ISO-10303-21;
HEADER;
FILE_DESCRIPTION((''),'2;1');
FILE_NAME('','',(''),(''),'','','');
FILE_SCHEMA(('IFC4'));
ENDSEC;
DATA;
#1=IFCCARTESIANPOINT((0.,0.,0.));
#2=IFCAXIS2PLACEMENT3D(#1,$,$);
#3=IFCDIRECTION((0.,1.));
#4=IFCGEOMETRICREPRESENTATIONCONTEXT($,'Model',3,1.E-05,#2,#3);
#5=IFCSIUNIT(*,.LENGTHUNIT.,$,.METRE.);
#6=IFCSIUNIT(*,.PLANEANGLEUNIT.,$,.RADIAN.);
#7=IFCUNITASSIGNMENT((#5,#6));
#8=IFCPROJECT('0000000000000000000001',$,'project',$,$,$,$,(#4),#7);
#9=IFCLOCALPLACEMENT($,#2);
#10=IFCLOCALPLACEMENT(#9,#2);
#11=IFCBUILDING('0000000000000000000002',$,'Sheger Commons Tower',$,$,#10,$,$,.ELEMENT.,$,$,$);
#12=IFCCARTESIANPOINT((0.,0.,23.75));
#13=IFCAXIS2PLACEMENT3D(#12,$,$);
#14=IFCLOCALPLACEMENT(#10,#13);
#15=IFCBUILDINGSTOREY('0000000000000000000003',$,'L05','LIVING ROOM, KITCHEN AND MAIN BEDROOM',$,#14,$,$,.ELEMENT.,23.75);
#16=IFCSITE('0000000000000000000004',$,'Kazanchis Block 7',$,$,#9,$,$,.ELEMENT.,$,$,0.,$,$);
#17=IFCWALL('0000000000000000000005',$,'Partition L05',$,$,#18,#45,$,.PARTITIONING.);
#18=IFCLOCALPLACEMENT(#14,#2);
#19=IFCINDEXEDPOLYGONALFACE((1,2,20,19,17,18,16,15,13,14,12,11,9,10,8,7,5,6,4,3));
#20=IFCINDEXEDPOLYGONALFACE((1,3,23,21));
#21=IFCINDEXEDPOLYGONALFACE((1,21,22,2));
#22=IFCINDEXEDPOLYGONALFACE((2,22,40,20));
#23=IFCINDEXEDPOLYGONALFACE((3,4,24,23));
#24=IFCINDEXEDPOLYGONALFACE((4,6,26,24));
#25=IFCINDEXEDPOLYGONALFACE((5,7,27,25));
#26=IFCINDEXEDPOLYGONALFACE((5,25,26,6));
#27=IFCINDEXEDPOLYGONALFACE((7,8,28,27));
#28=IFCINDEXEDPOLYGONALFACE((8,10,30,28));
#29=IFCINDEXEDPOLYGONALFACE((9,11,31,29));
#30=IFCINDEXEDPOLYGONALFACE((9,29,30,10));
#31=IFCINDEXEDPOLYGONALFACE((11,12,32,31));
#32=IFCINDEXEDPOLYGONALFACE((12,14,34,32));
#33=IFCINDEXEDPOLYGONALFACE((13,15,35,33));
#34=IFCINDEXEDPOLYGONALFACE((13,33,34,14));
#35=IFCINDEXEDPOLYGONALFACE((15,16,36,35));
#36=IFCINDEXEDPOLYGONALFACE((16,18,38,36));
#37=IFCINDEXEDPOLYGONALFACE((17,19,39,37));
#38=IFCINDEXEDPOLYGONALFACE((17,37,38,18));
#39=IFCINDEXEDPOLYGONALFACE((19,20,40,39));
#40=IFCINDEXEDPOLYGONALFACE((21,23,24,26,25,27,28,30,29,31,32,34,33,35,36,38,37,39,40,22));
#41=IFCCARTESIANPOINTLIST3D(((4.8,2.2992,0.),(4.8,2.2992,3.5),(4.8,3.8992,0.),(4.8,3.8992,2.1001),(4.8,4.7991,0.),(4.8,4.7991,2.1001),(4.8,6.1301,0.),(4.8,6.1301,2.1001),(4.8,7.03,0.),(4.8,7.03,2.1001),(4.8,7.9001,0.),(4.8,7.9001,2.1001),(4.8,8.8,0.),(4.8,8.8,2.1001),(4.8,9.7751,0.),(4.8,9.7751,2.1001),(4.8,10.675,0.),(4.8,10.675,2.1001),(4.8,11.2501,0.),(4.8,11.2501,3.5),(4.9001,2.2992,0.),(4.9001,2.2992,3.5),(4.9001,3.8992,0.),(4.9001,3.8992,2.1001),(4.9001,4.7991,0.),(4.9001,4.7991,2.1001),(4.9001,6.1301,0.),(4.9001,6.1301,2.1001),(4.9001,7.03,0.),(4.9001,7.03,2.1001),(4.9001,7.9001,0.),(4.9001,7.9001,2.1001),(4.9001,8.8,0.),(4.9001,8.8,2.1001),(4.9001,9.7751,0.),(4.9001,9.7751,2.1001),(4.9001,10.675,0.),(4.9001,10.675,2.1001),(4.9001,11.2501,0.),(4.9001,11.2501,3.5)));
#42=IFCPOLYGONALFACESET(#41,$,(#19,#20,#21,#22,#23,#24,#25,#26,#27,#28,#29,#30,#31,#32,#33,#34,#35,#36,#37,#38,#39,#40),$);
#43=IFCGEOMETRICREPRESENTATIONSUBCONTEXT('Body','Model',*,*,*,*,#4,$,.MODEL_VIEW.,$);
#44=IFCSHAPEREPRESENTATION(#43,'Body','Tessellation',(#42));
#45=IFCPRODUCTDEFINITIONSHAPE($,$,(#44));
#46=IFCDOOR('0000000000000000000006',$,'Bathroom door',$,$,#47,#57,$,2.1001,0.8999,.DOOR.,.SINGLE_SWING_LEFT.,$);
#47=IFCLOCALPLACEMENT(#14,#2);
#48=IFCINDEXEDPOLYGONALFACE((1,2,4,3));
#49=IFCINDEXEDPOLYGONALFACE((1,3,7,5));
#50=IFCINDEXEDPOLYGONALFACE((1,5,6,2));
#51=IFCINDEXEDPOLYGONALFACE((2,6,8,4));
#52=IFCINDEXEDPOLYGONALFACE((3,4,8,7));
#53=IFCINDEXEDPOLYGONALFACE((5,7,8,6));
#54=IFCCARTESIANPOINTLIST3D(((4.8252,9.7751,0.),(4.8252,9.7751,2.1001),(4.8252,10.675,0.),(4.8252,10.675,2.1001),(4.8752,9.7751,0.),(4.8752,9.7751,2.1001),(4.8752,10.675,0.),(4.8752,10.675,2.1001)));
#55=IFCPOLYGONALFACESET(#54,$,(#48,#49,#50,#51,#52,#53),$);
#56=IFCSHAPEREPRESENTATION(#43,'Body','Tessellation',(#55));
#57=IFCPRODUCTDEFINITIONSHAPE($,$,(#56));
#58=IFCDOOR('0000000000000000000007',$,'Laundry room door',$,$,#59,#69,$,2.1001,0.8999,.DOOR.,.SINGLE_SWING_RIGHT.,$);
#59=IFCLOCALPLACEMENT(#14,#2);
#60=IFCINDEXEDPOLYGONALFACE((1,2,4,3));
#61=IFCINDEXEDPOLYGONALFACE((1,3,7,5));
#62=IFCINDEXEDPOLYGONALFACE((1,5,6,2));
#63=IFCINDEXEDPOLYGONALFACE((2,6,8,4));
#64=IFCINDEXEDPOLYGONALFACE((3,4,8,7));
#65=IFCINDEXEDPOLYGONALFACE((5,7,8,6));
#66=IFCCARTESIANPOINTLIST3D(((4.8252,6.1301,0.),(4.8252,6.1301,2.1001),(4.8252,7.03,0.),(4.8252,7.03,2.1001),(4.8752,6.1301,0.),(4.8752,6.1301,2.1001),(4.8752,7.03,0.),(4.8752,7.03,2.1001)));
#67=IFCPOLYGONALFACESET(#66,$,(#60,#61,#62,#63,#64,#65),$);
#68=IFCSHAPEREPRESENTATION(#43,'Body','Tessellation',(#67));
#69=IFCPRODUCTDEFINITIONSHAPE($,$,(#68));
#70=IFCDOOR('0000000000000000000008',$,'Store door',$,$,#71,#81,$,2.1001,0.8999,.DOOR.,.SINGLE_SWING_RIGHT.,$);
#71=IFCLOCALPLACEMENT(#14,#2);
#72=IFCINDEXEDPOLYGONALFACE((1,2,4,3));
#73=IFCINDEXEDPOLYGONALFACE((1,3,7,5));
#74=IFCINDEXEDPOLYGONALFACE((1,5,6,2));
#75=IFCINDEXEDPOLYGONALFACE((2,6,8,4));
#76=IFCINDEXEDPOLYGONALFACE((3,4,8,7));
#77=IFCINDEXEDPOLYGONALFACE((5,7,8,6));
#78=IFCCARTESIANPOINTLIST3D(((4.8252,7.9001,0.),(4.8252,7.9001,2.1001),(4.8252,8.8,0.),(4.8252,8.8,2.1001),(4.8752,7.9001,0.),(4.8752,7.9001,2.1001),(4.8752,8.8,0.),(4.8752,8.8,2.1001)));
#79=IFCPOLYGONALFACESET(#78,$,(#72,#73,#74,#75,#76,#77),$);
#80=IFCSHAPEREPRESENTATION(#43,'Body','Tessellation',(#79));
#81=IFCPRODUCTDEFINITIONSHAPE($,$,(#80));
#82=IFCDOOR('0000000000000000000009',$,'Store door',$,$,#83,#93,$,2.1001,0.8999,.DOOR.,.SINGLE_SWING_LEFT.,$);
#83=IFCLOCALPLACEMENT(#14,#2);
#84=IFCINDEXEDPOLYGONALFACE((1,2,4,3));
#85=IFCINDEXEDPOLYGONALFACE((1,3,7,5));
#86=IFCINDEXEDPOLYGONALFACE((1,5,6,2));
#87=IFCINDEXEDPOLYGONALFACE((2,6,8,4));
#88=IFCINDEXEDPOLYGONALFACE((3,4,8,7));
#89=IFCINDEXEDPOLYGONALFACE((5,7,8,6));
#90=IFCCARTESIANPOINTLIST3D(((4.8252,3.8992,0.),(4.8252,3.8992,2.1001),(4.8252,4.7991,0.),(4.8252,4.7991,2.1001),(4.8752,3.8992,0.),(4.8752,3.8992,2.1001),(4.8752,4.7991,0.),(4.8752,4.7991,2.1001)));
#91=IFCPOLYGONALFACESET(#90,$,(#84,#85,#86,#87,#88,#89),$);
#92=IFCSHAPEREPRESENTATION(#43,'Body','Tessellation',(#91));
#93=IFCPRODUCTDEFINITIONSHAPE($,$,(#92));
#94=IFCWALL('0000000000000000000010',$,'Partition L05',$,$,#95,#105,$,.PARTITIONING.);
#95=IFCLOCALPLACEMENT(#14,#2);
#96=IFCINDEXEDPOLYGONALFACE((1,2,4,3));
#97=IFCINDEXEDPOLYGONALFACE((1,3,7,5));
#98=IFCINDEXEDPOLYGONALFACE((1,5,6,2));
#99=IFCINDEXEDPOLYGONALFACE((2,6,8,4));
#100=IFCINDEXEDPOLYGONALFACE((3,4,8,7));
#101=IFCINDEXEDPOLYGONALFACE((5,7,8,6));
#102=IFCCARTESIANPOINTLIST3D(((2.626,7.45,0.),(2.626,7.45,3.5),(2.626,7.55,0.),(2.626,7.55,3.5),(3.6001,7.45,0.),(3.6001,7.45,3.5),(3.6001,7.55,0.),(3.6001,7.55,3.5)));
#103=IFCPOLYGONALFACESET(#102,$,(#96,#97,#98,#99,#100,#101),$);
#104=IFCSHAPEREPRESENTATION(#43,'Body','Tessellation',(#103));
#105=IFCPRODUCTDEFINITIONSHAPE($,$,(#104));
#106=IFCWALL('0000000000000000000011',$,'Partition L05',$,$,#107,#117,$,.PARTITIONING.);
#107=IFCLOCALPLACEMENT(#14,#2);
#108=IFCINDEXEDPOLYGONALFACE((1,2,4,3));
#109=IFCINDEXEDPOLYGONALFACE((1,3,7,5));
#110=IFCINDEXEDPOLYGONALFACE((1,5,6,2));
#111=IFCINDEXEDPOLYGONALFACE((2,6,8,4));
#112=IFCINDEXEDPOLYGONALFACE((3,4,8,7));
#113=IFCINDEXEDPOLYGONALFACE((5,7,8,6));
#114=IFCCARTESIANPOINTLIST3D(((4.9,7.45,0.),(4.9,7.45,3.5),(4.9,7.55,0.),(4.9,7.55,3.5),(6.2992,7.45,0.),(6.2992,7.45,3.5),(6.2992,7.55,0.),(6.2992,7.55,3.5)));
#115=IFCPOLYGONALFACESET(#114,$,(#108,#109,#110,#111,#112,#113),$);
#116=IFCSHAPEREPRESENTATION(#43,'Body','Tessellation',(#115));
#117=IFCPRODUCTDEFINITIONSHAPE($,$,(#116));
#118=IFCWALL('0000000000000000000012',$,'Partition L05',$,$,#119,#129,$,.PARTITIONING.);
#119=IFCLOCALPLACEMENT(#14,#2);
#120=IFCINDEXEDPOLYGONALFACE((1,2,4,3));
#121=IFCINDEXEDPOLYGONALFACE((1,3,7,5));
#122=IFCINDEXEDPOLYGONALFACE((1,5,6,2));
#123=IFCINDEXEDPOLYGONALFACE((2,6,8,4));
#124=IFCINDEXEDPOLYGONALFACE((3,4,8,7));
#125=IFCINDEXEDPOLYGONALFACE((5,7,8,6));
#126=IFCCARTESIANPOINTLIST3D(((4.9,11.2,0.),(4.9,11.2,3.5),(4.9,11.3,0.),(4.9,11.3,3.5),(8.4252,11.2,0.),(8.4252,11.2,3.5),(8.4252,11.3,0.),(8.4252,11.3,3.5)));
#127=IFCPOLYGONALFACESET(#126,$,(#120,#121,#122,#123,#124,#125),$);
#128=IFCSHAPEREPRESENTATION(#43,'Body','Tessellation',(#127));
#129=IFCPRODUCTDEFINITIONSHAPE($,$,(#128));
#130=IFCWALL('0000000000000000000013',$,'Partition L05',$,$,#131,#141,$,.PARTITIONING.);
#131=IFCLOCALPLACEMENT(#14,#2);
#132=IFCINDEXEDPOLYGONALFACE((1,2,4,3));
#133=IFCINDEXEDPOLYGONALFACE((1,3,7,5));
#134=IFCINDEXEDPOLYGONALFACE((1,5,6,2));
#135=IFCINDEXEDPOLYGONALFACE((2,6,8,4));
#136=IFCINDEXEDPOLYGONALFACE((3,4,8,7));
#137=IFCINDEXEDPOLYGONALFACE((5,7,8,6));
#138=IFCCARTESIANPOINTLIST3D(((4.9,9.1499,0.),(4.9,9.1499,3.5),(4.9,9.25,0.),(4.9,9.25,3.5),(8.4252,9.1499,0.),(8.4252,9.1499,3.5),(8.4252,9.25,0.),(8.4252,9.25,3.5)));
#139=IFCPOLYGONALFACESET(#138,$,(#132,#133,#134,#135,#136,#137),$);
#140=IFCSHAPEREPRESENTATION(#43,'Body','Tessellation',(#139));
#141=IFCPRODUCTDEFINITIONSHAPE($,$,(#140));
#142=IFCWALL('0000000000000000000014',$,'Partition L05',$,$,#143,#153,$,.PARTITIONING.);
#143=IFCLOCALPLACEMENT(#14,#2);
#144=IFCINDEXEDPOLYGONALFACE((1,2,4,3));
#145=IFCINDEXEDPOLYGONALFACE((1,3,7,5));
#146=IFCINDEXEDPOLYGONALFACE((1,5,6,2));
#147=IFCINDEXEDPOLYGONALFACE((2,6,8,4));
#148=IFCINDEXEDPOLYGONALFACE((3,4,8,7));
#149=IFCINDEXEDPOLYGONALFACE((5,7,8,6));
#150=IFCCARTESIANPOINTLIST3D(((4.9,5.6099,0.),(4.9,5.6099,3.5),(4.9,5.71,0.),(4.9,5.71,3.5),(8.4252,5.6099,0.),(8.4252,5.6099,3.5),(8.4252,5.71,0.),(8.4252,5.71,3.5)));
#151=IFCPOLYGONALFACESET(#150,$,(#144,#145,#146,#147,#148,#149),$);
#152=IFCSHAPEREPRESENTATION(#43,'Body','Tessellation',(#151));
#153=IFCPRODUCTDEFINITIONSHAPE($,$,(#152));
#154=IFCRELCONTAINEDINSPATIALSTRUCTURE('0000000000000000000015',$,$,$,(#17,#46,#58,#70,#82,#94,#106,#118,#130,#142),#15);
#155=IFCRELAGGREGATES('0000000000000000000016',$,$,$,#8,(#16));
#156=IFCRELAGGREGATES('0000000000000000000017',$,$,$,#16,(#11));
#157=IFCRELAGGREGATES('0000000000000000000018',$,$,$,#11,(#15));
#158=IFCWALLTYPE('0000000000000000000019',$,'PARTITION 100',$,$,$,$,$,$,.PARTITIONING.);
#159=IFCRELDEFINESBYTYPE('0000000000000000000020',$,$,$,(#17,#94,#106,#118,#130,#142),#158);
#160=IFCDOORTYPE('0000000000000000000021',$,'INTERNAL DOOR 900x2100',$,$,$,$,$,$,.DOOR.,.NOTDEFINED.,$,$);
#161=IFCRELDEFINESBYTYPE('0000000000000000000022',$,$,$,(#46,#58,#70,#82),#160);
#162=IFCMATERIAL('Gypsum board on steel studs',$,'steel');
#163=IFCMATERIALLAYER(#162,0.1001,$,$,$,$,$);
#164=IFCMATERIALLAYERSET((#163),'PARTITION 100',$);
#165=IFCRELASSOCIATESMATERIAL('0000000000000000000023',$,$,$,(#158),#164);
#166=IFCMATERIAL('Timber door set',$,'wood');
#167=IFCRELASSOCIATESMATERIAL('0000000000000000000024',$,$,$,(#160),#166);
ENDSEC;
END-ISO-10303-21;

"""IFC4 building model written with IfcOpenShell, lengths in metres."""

from ifc_helpers import new_model, si_unit, direction, frame, frame_2d, origin, place, context, subcontext, project, spatial, rectangle, extrude, material, layer, layer_set, type_object, element, fill, save


model = new_model("IFC4")

# Units and contexts
model_context = context("Model", 3, precision=1e-05, world=origin(), true_north=direction((0.0, 1.0)))
body_context = subcontext(model_context, "Body", "Model", "MODEL_VIEW")
ifc_project = project(units=[si_unit("LENGTHUNIT", "METRE"), si_unit("PLANEANGLEUNIT", "RADIAN")], contexts=[model_context])

# Site, building, storey
site_placement = place(None, origin())
site = spatial("IfcSite", under=ifc_project, at=site_placement, Name="Kazanchis Block 7", CompositionType="ELEMENT", RefElevation=0.0)
building_placement = place(site_placement, origin())
building = spatial("IfcBuilding", under=site, at=building_placement, Name="Sheger Commons Tower", CompositionType="ELEMENT")
storey_placement = place(building_placement, frame((0.0, 0.0, 23.75)))
storey = spatial("IfcBuildingStorey", under=building, at=storey_placement, Name="L05", Description="LIVING ROOM, KITCHEN AND MAIN BEDROOM", CompositionType="ELEMENT", Elevation=23.75)

# Wall, openings, doors
ifc_material_1 = material(Name="Gypsum board on steel studs", Category="steel")
ifc_layer_1 = layer(ifc_material_1, 0.1001)
ifc_layer_set_1 = layer_set([ifc_layer_1], Name="PARTITION 100")
wall_type_1 = type_object("IfcWallType", Name="PARTITION 100", PredefinedType="PARTITIONING", material=ifc_layer_set_1)
ifc_material_2 = material(Name="Timber door set", Category="wood")
door_type = type_object("IfcDoorType", Name="INTERNAL DOOR 900x2100", OperationType="NOTDEFINED", PredefinedType="DOOR", material=ifc_material_2)
wall_1_placement = place(storey_placement, frame((4.8501, 2.2991, 0.0), z_axis=(0.0, 0.0, 1.0), x_axis=(0.0, 1.0, 0.0)))
wall_1 = element("IfcWall", 1, at=wall_1_placement, inside=storey, type_object=wall_type_1, Name="Partition L05", PredefinedType="PARTITIONING", context=body_context, shape_type="SweptSolid", body=[
    extrude(rectangle(XDim=8.9509, YDim=0.1001, at=frame_2d((4.4756, 0.0))), origin(), (0.0, 0.0, 1.0), 3.5),
])
opening_1_placement = place(wall_1_placement, frame((7.4761, 0.0, 0.0)))
opening_1 = element("IfcOpeningElement", 2, at=opening_1_placement, cuts=wall_1, PredefinedType="OPENING", context=body_context, shape_type="SweptSolid", body=[
    extrude(rectangle(XDim=0.8999, YDim=2.1001, at=frame_2d((0.45, 1.05))), frame((0.0, 0.0601, 0.0), z_axis=(0.0, -1.0, 0.0), x_axis=(1.0, 0.0, 0.0)), (0.0, 0.0, 1.0), 0.1201),
])
opening_2_placement = place(wall_1_placement, frame((3.8311, 0.0, 0.0)))
opening_2 = element("IfcOpeningElement", 3, at=opening_2_placement, cuts=wall_1, PredefinedType="OPENING", context=body_context, shape_type="SweptSolid", body=[
    extrude(rectangle(XDim=0.8999, YDim=2.1001, at=frame_2d((0.45, 1.05))), frame((0.0, 0.0601, 0.0), z_axis=(0.0, -1.0, 0.0), x_axis=(1.0, 0.0, 0.0)), (0.0, 0.0, 1.0), 0.1201),
])
opening_3_placement = place(wall_1_placement, frame((5.6011, 0.0, 0.0)))
opening_3 = element("IfcOpeningElement", 4, at=opening_3_placement, cuts=wall_1, PredefinedType="OPENING", context=body_context, shape_type="SweptSolid", body=[
    extrude(rectangle(XDim=0.8999, YDim=2.1001, at=frame_2d((0.45, 1.05))), frame((0.0, 0.0601, 0.0), z_axis=(0.0, -1.0, 0.0), x_axis=(1.0, 0.0, 0.0)), (0.0, 0.0, 1.0), 0.1201),
])
opening_4_placement = place(wall_1_placement, frame((1.6001, 0.0, 0.0)))
opening_4 = element("IfcOpeningElement", 5, at=opening_4_placement, cuts=wall_1, PredefinedType="OPENING", context=body_context, shape_type="SweptSolid", body=[
    extrude(rectangle(XDim=0.8999, YDim=2.1001, at=frame_2d((0.45, 1.05))), frame((0.0, 0.0601, 0.0), z_axis=(0.0, -1.0, 0.0), x_axis=(1.0, 0.0, 0.0)), (0.0, 0.0, 1.0), 0.1201),
])
door_1_placement = place(opening_1_placement, origin())
door_1 = element("IfcDoor", 6, at=door_1_placement, inside=storey, type_object=door_type, Name="Bathroom door", OperationType="SINGLE_SWING_LEFT", OverallHeight=2.1001, OverallWidth=0.8999, PredefinedType="DOOR", context=body_context, shape_type="SweptSolid", body=[
    extrude(rectangle(XDim=0.8999, YDim=2.1001, at=frame_2d((0.45, 1.05))), frame((0.0, 0.0249, 0.0), z_axis=(0.0, -1.0, 0.0), x_axis=(1.0, 0.0, 0.0)), (0.0, 0.0, 1.0), 0.05),
])
fill(opening_1, door_1)
door_2_placement = place(opening_2_placement, origin())
door_2 = element("IfcDoor", 7, at=door_2_placement, inside=storey, type_object=door_type, Name="Laundry room door", OperationType="SINGLE_SWING_RIGHT", OverallHeight=2.1001, OverallWidth=0.8999, PredefinedType="DOOR", context=body_context, shape_type="SweptSolid", body=[
    extrude(rectangle(XDim=0.8999, YDim=2.1001, at=frame_2d((0.45, 1.05))), frame((0.0, 0.0249, 0.0), z_axis=(0.0, -1.0, 0.0), x_axis=(1.0, 0.0, 0.0)), (0.0, 0.0, 1.0), 0.05),
])
fill(opening_2, door_2)
door_3_placement = place(opening_3_placement, origin())
door_3 = element("IfcDoor", 8, at=door_3_placement, inside=storey, type_object=door_type, Name="Store door", OperationType="SINGLE_SWING_RIGHT", OverallHeight=2.1001, OverallWidth=0.8999, PredefinedType="DOOR", context=body_context, shape_type="SweptSolid", body=[
    extrude(rectangle(XDim=0.8999, YDim=2.1001, at=frame_2d((0.45, 1.05))), frame((0.0, 0.0249, 0.0), z_axis=(0.0, -1.0, 0.0), x_axis=(1.0, 0.0, 0.0)), (0.0, 0.0, 1.0), 0.05),
])
fill(opening_3, door_3)
door_4_placement = place(opening_4_placement, origin())
door_4 = element("IfcDoor", 9, at=door_4_placement, inside=storey, type_object=door_type, Name="Store door", OperationType="SINGLE_SWING_LEFT", OverallHeight=2.1001, OverallWidth=0.8999, PredefinedType="DOOR", context=body_context, shape_type="SweptSolid", body=[
    extrude(rectangle(XDim=0.8999, YDim=2.1001, at=frame_2d((0.45, 1.05))), frame((0.0, 0.0249, 0.0), z_axis=(0.0, -1.0, 0.0), x_axis=(1.0, 0.0, 0.0)), (0.0, 0.0, 1.0), 0.05),
])
fill(opening_4, door_4)

# Walls
wall_2_placement = place(storey_placement, frame((2.626, 7.5, 0.0), z_axis=(0.0, 0.0, 1.0), x_axis=(1.0, 0.0, 0.0)))
element("IfcWall", 10, at=wall_2_placement, inside=storey, type_object=wall_type_1, Name="Partition L05", PredefinedType="PARTITIONING", context=body_context, shape_type="SweptSolid", body=[
    extrude(rectangle(XDim=0.9741, YDim=0.1001, at=frame_2d((0.4871, 0.0))), origin(), (0.0, 0.0, 1.0), 3.5),
])
wall_3_placement = place(storey_placement, frame((4.8999, 7.5, 0.0), z_axis=(0.0, 0.0, 1.0), x_axis=(1.0, 0.0, 0.0)))
element("IfcWall", 11, at=wall_3_placement, inside=storey, type_object=wall_type_1, Name="Partition L05", PredefinedType="PARTITIONING", context=body_context, shape_type="SweptSolid", body=[
    extrude(rectangle(XDim=1.3992, YDim=0.1001, at=frame_2d((0.6997, 0.0))), origin(), (0.0, 0.0, 1.0), 3.5),
])
for number, where, z_axis, x_axis, name in (
    (12, (4.8999, 11.25, 0.0), (0.0, 0.0, 1.0), (1.0, 0.0, 0.0), "Partition L05"),
    (13, (4.8999, 9.2, 0.0), (0.0, 0.0, 1.0), (1.0, 0.0, 0.0), "Partition L05"),
    (14, (4.8999, 5.6599, 0.0), (0.0, 0.0, 1.0), (1.0, 0.0, 0.0), "Partition L05"),
):
    element("IfcWall", number, at=place(storey_placement, frame(where, z_axis=z_axis, x_axis=x_axis)), inside=storey, type_object=wall_type_1, Name=name, PredefinedType="PARTITIONING", context=body_context, shape_type="SweptSolid", body=[
        extrude(rectangle(XDim=3.5251, YDim=0.1001, at=frame_2d((1.7627, 0.0))), origin(), (0.0, 0.0, 1.0), 3.5),
    ])

save(model, "model.ifc")
